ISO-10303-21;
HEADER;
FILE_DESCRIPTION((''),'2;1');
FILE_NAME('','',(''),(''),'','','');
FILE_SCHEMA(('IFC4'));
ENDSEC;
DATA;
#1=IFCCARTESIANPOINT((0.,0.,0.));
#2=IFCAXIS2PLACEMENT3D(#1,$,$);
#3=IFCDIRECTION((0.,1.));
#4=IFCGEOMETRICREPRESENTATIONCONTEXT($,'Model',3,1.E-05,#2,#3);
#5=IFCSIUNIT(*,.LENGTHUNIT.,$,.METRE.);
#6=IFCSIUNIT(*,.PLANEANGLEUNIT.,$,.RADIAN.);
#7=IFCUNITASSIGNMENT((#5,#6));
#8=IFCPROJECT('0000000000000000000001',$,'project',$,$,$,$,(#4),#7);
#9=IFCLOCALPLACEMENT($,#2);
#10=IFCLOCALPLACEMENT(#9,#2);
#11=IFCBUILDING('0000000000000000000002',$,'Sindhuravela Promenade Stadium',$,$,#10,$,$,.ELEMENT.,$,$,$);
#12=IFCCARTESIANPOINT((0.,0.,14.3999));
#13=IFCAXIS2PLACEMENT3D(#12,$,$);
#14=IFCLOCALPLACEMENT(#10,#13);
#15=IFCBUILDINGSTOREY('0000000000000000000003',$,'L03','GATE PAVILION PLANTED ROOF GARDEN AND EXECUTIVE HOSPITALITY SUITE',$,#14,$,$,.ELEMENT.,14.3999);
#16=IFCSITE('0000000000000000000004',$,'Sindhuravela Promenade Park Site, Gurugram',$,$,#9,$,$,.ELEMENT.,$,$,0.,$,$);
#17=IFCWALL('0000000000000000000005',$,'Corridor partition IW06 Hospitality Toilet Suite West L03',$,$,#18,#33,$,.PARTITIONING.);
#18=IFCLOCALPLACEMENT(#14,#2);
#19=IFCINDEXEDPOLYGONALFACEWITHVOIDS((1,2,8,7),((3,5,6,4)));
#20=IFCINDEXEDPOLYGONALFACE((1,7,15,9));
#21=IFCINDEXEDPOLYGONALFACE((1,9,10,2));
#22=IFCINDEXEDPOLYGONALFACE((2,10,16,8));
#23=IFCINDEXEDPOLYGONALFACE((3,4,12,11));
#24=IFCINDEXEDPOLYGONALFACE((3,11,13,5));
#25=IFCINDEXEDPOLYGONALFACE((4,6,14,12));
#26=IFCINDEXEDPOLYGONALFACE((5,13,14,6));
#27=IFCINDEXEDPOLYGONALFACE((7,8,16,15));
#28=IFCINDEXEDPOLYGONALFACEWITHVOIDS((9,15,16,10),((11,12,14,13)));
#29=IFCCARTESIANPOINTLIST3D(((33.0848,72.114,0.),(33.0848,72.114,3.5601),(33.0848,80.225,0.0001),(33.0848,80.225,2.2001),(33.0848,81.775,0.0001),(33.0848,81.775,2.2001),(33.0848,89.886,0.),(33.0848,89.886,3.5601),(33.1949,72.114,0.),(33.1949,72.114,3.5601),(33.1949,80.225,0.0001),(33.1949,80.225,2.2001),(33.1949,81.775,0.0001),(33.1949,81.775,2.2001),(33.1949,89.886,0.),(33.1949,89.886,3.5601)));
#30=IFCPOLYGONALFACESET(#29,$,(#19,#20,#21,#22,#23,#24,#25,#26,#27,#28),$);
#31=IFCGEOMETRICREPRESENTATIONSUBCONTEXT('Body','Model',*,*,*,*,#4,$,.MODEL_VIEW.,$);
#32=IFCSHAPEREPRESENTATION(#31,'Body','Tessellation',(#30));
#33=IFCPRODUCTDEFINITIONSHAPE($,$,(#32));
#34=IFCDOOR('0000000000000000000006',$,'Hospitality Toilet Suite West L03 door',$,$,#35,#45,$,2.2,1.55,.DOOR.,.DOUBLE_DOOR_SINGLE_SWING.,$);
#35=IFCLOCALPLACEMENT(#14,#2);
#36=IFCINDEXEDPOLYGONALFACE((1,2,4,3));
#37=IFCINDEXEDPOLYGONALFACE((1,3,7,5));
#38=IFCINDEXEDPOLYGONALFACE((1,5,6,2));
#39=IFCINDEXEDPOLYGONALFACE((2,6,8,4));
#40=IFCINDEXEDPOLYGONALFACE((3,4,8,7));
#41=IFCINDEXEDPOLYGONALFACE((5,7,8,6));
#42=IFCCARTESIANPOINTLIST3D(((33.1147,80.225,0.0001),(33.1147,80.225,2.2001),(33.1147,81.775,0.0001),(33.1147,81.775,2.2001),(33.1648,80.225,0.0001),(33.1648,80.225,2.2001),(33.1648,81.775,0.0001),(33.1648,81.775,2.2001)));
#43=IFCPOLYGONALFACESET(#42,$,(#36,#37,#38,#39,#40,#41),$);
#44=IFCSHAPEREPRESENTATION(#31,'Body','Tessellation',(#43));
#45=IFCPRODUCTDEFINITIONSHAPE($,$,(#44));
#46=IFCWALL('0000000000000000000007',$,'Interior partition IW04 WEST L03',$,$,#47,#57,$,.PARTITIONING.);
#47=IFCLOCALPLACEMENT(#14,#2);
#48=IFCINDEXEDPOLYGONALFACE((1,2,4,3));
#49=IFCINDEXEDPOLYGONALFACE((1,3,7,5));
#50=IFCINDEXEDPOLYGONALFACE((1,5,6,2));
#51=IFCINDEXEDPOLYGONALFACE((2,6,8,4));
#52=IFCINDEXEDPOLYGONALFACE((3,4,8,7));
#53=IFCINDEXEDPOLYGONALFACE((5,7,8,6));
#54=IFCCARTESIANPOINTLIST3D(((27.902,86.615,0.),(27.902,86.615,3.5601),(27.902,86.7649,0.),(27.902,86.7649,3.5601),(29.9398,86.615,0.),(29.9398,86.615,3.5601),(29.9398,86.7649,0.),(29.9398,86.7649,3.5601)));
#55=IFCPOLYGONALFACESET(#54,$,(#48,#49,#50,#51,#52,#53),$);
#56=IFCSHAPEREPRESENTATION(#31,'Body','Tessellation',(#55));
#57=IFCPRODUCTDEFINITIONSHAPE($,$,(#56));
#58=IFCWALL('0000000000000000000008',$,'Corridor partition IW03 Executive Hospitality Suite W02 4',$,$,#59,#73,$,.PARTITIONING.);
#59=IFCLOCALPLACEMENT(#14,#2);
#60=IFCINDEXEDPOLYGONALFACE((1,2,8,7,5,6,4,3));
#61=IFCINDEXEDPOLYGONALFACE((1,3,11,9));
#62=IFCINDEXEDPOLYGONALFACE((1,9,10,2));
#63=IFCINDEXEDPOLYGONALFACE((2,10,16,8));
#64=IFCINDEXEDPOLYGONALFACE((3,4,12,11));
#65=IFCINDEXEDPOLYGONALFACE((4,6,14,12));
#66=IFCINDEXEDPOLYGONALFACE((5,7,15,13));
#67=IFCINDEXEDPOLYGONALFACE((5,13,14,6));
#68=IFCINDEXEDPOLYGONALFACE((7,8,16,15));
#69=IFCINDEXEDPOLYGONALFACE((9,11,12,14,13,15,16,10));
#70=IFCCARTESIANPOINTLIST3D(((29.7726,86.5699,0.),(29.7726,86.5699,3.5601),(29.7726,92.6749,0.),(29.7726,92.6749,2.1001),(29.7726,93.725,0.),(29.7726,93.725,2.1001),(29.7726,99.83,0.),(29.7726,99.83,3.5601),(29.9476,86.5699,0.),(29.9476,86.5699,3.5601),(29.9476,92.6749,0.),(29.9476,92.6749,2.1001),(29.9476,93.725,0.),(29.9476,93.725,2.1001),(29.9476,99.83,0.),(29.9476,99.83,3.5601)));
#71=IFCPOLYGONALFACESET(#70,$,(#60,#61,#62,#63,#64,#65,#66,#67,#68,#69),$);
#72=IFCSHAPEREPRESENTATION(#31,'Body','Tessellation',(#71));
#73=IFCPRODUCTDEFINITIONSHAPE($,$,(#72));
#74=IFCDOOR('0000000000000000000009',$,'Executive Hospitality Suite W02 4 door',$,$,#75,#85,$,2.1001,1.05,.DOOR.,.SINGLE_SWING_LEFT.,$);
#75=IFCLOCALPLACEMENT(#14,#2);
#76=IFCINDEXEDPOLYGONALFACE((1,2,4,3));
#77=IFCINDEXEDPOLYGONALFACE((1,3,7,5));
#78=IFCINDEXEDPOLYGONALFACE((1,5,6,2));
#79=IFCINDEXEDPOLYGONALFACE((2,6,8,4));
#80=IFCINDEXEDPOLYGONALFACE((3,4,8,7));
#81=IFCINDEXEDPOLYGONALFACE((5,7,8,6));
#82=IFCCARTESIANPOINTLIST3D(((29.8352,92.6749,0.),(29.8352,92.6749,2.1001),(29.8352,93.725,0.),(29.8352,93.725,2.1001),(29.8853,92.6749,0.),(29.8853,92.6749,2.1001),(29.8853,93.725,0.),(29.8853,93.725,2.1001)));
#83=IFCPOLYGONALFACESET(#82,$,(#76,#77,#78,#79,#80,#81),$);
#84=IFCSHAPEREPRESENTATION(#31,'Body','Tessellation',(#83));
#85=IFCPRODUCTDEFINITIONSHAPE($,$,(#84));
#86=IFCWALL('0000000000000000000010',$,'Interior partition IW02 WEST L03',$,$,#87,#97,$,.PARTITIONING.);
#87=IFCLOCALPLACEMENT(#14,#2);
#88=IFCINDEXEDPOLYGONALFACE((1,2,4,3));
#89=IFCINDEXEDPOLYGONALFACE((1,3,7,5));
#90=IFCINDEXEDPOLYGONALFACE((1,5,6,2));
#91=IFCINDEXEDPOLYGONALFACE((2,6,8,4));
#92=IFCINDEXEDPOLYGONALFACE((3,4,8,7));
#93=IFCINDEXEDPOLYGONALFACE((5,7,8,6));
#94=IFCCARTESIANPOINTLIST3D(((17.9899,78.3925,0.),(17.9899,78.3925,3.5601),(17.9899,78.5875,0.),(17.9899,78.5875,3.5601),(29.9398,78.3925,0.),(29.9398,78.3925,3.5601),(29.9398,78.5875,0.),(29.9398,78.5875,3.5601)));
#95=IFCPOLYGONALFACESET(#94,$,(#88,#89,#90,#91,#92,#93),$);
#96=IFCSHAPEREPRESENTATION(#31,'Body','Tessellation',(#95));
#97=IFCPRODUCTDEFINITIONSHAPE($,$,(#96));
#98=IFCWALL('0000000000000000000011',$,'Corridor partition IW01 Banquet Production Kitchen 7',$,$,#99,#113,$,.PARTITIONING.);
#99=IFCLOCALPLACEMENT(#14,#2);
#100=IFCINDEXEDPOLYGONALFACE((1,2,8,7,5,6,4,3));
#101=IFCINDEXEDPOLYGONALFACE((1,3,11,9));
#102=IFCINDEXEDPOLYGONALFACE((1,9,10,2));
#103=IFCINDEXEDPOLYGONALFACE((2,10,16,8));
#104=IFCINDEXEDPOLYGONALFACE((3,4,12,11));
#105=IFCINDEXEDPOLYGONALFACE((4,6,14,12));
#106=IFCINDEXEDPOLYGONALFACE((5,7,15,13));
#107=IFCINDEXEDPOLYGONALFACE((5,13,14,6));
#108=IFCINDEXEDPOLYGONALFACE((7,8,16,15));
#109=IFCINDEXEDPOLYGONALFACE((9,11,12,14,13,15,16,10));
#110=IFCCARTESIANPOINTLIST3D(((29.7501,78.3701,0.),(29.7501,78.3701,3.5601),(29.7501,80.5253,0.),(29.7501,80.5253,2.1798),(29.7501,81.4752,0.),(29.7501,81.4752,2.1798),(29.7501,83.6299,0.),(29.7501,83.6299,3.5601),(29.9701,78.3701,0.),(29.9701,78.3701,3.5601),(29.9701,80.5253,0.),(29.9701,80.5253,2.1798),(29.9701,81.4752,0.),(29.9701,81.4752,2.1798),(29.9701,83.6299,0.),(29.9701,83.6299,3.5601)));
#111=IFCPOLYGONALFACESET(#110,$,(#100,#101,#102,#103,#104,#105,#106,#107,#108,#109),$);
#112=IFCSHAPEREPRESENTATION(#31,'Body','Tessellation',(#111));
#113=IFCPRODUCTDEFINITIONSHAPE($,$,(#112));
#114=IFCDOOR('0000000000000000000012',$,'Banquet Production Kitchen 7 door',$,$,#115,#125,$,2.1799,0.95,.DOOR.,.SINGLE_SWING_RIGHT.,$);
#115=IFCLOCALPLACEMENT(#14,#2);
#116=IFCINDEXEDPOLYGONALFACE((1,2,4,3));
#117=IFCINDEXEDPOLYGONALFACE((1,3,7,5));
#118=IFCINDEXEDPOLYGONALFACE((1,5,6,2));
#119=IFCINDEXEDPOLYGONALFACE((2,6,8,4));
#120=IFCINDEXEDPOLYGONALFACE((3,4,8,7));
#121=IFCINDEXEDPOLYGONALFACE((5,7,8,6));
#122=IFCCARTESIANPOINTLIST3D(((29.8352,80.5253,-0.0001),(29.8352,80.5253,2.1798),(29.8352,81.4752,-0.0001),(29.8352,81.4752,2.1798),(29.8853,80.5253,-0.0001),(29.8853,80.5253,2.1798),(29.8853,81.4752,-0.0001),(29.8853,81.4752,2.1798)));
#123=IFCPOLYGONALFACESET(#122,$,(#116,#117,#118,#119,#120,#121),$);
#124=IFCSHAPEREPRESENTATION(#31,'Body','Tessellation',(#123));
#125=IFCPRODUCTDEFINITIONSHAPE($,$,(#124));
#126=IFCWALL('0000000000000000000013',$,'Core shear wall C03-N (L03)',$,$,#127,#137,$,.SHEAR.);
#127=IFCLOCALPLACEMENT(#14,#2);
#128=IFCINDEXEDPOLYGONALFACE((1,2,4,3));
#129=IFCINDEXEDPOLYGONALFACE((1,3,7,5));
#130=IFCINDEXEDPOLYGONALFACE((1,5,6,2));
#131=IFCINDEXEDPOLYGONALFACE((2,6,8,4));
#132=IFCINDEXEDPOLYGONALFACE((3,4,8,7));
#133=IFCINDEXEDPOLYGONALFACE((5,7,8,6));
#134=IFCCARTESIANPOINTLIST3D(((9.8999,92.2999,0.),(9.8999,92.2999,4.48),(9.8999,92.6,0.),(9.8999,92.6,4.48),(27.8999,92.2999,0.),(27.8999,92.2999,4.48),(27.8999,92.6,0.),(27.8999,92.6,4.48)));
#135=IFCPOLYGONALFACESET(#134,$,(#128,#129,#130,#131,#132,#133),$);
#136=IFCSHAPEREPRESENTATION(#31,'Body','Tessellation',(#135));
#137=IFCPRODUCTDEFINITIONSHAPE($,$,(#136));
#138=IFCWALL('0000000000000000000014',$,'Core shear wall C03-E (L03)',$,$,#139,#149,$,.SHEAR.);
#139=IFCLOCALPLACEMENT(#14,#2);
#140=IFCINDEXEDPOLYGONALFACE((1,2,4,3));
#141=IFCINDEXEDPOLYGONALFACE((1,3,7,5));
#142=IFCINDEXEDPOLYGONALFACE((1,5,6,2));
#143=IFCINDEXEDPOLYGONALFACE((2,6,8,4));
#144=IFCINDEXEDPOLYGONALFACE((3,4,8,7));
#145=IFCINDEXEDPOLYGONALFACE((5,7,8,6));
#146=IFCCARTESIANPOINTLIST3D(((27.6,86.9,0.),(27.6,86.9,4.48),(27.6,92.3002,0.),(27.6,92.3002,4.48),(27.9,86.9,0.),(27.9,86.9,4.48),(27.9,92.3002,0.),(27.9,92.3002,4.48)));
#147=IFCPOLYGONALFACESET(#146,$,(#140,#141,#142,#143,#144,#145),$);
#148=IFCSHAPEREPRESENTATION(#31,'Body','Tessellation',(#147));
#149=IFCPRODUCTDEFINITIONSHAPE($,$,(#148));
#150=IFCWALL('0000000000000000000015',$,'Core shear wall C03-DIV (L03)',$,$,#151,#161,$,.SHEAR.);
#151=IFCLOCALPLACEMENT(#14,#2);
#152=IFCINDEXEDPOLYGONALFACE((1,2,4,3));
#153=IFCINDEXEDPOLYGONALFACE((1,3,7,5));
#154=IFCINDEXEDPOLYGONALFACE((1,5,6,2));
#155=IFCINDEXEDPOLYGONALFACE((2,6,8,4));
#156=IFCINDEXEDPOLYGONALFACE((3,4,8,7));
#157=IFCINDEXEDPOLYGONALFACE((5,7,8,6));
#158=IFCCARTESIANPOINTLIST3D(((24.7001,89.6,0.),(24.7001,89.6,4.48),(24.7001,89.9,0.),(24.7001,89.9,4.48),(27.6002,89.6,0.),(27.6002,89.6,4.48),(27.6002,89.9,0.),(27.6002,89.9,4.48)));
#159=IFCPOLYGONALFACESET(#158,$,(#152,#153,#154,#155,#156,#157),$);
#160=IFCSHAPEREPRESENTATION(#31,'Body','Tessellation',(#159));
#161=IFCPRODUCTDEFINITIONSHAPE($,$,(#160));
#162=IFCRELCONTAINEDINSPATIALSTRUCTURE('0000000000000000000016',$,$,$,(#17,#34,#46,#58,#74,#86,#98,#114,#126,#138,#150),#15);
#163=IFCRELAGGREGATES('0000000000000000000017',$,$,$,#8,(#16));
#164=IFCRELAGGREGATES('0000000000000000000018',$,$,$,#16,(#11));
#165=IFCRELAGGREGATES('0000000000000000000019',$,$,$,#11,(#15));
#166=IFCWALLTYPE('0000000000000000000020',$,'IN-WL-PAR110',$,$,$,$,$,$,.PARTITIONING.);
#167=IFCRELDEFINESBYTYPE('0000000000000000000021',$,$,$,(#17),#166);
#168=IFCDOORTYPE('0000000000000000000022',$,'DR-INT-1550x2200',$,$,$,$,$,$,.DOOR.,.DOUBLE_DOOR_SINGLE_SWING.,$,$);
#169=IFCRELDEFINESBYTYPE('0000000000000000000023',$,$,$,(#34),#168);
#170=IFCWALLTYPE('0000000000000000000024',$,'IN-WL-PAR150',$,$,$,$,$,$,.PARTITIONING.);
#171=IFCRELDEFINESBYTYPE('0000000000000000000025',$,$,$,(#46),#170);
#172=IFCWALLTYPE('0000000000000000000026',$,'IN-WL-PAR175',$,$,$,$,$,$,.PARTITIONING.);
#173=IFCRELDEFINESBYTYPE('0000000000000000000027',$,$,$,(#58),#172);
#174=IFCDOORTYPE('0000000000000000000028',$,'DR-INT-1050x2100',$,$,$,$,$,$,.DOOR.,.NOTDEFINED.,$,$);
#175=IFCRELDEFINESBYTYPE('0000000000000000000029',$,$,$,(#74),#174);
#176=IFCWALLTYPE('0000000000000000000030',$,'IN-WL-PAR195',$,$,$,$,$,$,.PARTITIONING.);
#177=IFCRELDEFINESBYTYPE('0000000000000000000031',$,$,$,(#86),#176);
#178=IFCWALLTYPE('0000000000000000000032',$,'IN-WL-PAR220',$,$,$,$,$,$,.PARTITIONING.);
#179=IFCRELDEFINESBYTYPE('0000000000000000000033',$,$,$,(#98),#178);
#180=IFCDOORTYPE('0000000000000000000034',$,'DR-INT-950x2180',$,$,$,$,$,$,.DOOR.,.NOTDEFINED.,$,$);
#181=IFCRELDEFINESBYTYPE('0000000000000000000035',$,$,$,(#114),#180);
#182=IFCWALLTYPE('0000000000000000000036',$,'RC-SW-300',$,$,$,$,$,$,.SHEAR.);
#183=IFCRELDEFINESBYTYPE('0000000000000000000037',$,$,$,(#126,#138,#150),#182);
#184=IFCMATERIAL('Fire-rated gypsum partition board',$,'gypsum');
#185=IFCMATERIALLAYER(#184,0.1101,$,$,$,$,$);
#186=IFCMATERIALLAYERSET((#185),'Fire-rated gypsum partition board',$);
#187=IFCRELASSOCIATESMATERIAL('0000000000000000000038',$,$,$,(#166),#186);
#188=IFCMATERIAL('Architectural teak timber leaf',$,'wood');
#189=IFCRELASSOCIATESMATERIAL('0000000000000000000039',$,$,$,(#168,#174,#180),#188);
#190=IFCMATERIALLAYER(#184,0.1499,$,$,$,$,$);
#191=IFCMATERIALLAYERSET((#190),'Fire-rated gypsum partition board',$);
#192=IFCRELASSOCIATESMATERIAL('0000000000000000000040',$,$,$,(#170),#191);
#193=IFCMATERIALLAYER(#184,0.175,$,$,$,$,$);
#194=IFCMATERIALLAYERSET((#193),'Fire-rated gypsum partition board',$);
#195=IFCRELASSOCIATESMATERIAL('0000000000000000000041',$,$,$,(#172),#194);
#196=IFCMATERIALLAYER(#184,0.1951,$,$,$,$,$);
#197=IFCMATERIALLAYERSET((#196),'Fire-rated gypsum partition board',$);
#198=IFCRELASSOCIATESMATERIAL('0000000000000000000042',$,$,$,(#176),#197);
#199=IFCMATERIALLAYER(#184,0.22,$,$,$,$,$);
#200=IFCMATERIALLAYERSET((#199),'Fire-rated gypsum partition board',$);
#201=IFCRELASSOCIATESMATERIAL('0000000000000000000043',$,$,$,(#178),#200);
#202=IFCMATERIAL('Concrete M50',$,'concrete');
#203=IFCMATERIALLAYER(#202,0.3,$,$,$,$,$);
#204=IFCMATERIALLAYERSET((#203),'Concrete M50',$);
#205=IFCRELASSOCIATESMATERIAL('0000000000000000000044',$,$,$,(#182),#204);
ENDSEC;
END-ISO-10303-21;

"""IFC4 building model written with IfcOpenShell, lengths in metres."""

from ifc_helpers import new_model, si_unit, direction, frame, frame_2d, origin, place, context, subcontext, project, spatial, rectangle, extrude, material, layer, layer_set, type_object, element, fill, save


model = new_model("IFC4")

# Units and contexts
model_context = context("Model", 3, precision=1e-05, world=origin(), true_north=direction((0.0, 1.0)))
body_context = subcontext(model_context, "Body", "Model", "MODEL_VIEW")
ifc_project = project(units=[si_unit("LENGTHUNIT", "METRE"), si_unit("PLANEANGLEUNIT", "RADIAN")], contexts=[model_context])

# Site, building, storey
site_placement = place(None, origin())
site = spatial("IfcSite", under=ifc_project, at=site_placement, Name="Sindhuravela Promenade Park Site, Gurugram", CompositionType="ELEMENT", RefElevation=0.0)
building_placement = place(site_placement, origin())
building = spatial("IfcBuilding", under=site, at=building_placement, Name="Sindhuravela Promenade Stadium", CompositionType="ELEMENT")
storey_placement = place(building_placement, frame((0.0, 0.0, 14.3999)))
storey = spatial("IfcBuildingStorey", under=building, at=storey_placement, Name="L03", Description="GATE PAVILION PLANTED ROOF GARDEN AND EXECUTIVE HOSPITALITY SUITE", CompositionType="ELEMENT", Elevation=14.3999)

# Shared definitions
ifc_material_1 = material(Name="Concrete M50", Category="concrete")

# Wall, opening, door
ifc_material_2 = material(Name="Fire-rated gypsum partition board", Category="gypsum")
ifc_layer_1 = layer(ifc_material_2, 0.1101)
ifc_layer_set_1 = layer_set([ifc_layer_1], Name="Fire-rated gypsum partition board")
wall_type_1 = type_object("IfcWallType", Name="IN-WL-PAR110", PredefinedType="PARTITIONING", material=ifc_layer_set_1)
wall_1_placement = place(storey_placement, frame((33.1399, 89.886, 0.0), z_axis=(0.0, 0.0, 1.0), x_axis=(0.0, -1.0, 0.0)))
wall_1 = element("IfcWall", 1, at=wall_1_placement, inside=storey, type_object=wall_type_1, Name="Corridor partition IW06 Hospitality Toilet Suite West L03", PredefinedType="PARTITIONING", context=body_context, shape_type="SweptSolid", body=[
    extrude(rectangle(XDim=17.772, YDim=0.1101, at=frame_2d((8.886, 0.0))), origin(), (0.0, 0.0, 1.0), 3.5601),
])
opening_1_placement = place(wall_1_placement, frame((8.1111, 0.0, 0.0)))
opening_1 = element("IfcOpeningElement", 2, at=opening_1_placement, cuts=wall_1, PredefinedType="OPENING", context=body_context, shape_type="SweptSolid", body=[
    extrude(rectangle(XDim=1.55, YDim=2.2, at=frame_2d((0.7749, 1.1001))), frame((0.0, 0.0649, 0.0), z_axis=(0.0, -1.0, 0.0), x_axis=(1.0, 0.0, 0.0)), (0.0, 0.0, 1.0), 0.1301),
])
ifc_material_3 = material(Name="Architectural teak timber leaf", Category="wood")
door_type_1 = type_object("IfcDoorType", Name="DR-INT-1550x2200", OperationType="DOUBLE_DOOR_SINGLE_SWING", PredefinedType="DOOR", material=ifc_material_3)
door_1_placement = place(opening_1_placement, origin())
door_1 = element("IfcDoor", 3, at=door_1_placement, inside=storey, type_object=door_type_1, Name="Hospitality Toilet Suite West L03 door", OperationType="DOUBLE_DOOR_SINGLE_SWING", OverallHeight=2.2, OverallWidth=1.55, PredefinedType="DOOR", context=body_context, shape_type="SweptSolid", body=[
    extrude(rectangle(XDim=1.55, YDim=2.2, at=frame_2d((0.7749, 1.1001))), frame((0.0, 0.0249, 0.0), z_axis=(0.0, -1.0, 0.0), x_axis=(1.0, 0.0, 0.0)), (0.0, 0.0, 1.0), 0.05),
])
fill(opening_1, door_1)

# Wall
ifc_layer_2 = layer(ifc_material_2, 0.1499)
ifc_layer_set_2 = layer_set([ifc_layer_2], Name="Fire-rated gypsum partition board")
wall_type_2 = type_object("IfcWallType", Name="IN-WL-PAR150", PredefinedType="PARTITIONING", material=ifc_layer_set_2)
wall_2_placement = place(storey_placement, frame((29.9399, 86.6899, 0.0), z_axis=(0.0, 0.0, 1.0), x_axis=(-1.0, 0.0, 0.0)))
element("IfcWall", 4, at=wall_2_placement, inside=storey, type_object=wall_type_2, Name="Interior partition IW04 WEST L03", PredefinedType="PARTITIONING", context=body_context, shape_type="SweptSolid", body=[
    extrude(rectangle(XDim=2.0378, YDim=0.1499, at=frame_2d((1.019, 0.0))), origin(), (0.0, 0.0, 1.0), 3.5601),
])

# Wall, opening, door
ifc_layer_3 = layer(ifc_material_2, 0.175)
ifc_layer_set_3 = layer_set([ifc_layer_3], Name="Fire-rated gypsum partition board")
wall_type_3 = type_object("IfcWallType", Name="IN-WL-PAR175", PredefinedType="PARTITIONING", material=ifc_layer_set_3)
wall_3_placement = place(storey_placement, frame((29.8601, 86.5701, 0.0), z_axis=(0.0, 0.0, 1.0), x_axis=(0.0, 1.0, 0.0)))
wall_3 = element("IfcWall", 5, at=wall_3_placement, inside=storey, type_object=wall_type_3, Name="Corridor partition IW03 Executive Hospitality Suite W02 4", PredefinedType="PARTITIONING", context=body_context, shape_type="SweptSolid", body=[
    extrude(rectangle(XDim=13.26, YDim=0.175, at=frame_2d((6.6299, 0.0))), origin(), (0.0, 0.0, 1.0), 3.5601),
])
opening_2_placement = place(wall_3_placement, frame((6.105, 0.0, 0.0)))
opening_2 = element("IfcOpeningElement", 6, at=opening_2_placement, cuts=wall_3, PredefinedType="OPENING", context=body_context, shape_type="SweptSolid", body=[
    extrude(rectangle(XDim=1.05, YDim=2.1001, at=frame_2d((0.5249, 1.05))), frame((0.0, 0.0974, 0.0), z_axis=(0.0, -1.0, 0.0), x_axis=(1.0, 0.0, 0.0)), (0.0, 0.0, 1.0), 0.1951),
])
door_type_2 = type_object("IfcDoorType", Name="DR-INT-1050x2100", OperationType="NOTDEFINED", PredefinedType="DOOR", material=ifc_material_3)
door_2_placement = place(opening_2_placement, origin())
door_2 = element("IfcDoor", 7, at=door_2_placement, inside=storey, type_object=door_type_2, Name="Executive Hospitality Suite W02 4 door", OperationType="SINGLE_SWING_LEFT", OverallHeight=2.1001, OverallWidth=1.05, PredefinedType="DOOR", context=body_context, shape_type="SweptSolid", body=[
    extrude(rectangle(XDim=1.05, YDim=2.1001, at=frame_2d((0.5249, 1.05))), frame((0.0, 0.0249, 0.0), z_axis=(0.0, -1.0, 0.0), x_axis=(1.0, 0.0, 0.0)), (0.0, 0.0, 1.0), 0.05),
])
fill(opening_2, door_2)

# Wall
ifc_layer_4 = layer(ifc_material_2, 0.1951)
ifc_layer_set_4 = layer_set([ifc_layer_4], Name="Fire-rated gypsum partition board")
wall_type_4 = type_object("IfcWallType", Name="IN-WL-PAR195", PredefinedType="PARTITIONING", material=ifc_layer_set_4)
wall_4_placement = place(storey_placement, frame((29.9399, 78.49, 0.0), z_axis=(0.0, 0.0, 1.0), x_axis=(-1.0, 0.0, 0.0)))
element("IfcWall", 8, at=wall_4_placement, inside=storey, type_object=wall_type_4, Name="Interior partition IW02 WEST L03", PredefinedType="PARTITIONING", context=body_context, shape_type="SweptSolid", body=[
    extrude(rectangle(XDim=11.95, YDim=0.1951, at=frame_2d((5.9751, 0.0))), origin(), (0.0, 0.0, 1.0), 3.5601),
])

# Wall, opening, door
ifc_layer_5 = layer(ifc_material_2, 0.22)
ifc_layer_set_5 = layer_set([ifc_layer_5], Name="Fire-rated gypsum partition board")
wall_type_5 = type_object("IfcWallType", Name="IN-WL-PAR220", PredefinedType="PARTITIONING", material=ifc_layer_set_5)
wall_5_placement = place(storey_placement, frame((29.8601, 78.3701, 0.0), z_axis=(0.0, 0.0, 1.0), x_axis=(0.0, 1.0, 0.0)))
wall_5 = element("IfcWall", 9, at=wall_5_placement, inside=storey, type_object=wall_type_5, Name="Corridor partition IW01 Banquet Production Kitchen 7", PredefinedType="PARTITIONING", context=body_context, shape_type="SweptSolid", body=[
    extrude(rectangle(XDim=5.2598, YDim=0.22, at=frame_2d((2.6299, 0.0))), origin(), (0.0, 0.0, 1.0), 3.5601),
])
opening_3_placement = place(wall_5_placement, frame((2.155, 0.0, 0.0)))
opening_3 = element("IfcOpeningElement", 10, at=opening_3_placement, cuts=wall_5, PredefinedType="OPENING", context=body_context, shape_type="SweptSolid", body=[
    extrude(rectangle(XDim=0.95, YDim=2.1799, at=frame_2d((0.4751, 1.0898))), frame((0.0, 0.1199, 0.0), z_axis=(0.0, -1.0, 0.0), x_axis=(1.0, 0.0, 0.0)), (0.0, 0.0, 1.0), 0.24),
])
door_type_3 = type_object("IfcDoorType", Name="DR-INT-950x2180", OperationType="NOTDEFINED", PredefinedType="DOOR", material=ifc_material_3)
door_3_placement = place(opening_3_placement, origin())
door_3 = element("IfcDoor", 11, at=door_3_placement, inside=storey, type_object=door_type_3, Name="Banquet Production Kitchen 7 door", OperationType="SINGLE_SWING_RIGHT", OverallHeight=2.1799, OverallWidth=0.95, PredefinedType="DOOR", context=body_context, shape_type="SweptSolid", body=[
    extrude(rectangle(XDim=0.95, YDim=2.1799, at=frame_2d((0.4751, 1.0898))), frame((0.0, 0.0249, 0.0), z_axis=(0.0, -1.0, 0.0), x_axis=(1.0, 0.0, 0.0)), (0.0, 0.0, 1.0), 0.05),
])
fill(opening_3, door_3)

# Walls
ifc_layer_6 = layer(ifc_material_1, 0.3)
ifc_layer_set_6 = layer_set([ifc_layer_6], Name="Concrete M50")
wall_type_6 = type_object("IfcWallType", Name="RC-SW-300", PredefinedType="SHEAR", material=ifc_layer_set_6)
wall_6_placement = place(storey_placement, frame((27.8999, 92.45, 0.0), z_axis=(0.0, 0.0, 1.0), x_axis=(-1.0, 0.0, 0.0)))
element("IfcWall", 12, at=wall_6_placement, inside=storey, type_object=wall_type_6, Name="Core shear wall C03-N (L03)", PredefinedType="SHEAR", context=body_context, shape_type="SweptSolid", body=[
    extrude(rectangle(XDim=18.0, YDim=0.3, at=frame_2d((9.0, 0.0))), origin(), (0.0, 0.0, 1.0), 4.48),
])
wall_7_placement = place(storey_placement, frame((27.75, 86.8999, 0.0), z_axis=(0.0, 0.0, 1.0), x_axis=(0.0, 1.0, 0.0)))
element("IfcWall", 13, at=wall_7_placement, inside=storey, type_object=wall_type_6, Name="Core shear wall C03-E (L03)", PredefinedType="SHEAR", context=body_context, shape_type="SweptSolid", body=[
    extrude(rectangle(XDim=5.4001, YDim=0.3, at=frame_2d((2.7002, 0.0))), origin(), (0.0, 0.0, 1.0), 4.48),
])
wall_8_placement = place(storey_placement, frame((24.7, 89.75, 0.0), z_axis=(0.0, 0.0, 1.0), x_axis=(1.0, 0.0, 0.0)))
element("IfcWall", 14, at=wall_8_placement, inside=storey, type_object=wall_type_6, Name="Core shear wall C03-DIV (L03)", PredefinedType="SHEAR", context=body_context, shape_type="SweptSolid", body=[
    extrude(rectangle(XDim=2.9001, YDim=0.3, at=frame_2d((1.4502, 0.0))), origin(), (0.0, 0.0, 1.0), 4.48),
])

save(model, "model.ifc")
